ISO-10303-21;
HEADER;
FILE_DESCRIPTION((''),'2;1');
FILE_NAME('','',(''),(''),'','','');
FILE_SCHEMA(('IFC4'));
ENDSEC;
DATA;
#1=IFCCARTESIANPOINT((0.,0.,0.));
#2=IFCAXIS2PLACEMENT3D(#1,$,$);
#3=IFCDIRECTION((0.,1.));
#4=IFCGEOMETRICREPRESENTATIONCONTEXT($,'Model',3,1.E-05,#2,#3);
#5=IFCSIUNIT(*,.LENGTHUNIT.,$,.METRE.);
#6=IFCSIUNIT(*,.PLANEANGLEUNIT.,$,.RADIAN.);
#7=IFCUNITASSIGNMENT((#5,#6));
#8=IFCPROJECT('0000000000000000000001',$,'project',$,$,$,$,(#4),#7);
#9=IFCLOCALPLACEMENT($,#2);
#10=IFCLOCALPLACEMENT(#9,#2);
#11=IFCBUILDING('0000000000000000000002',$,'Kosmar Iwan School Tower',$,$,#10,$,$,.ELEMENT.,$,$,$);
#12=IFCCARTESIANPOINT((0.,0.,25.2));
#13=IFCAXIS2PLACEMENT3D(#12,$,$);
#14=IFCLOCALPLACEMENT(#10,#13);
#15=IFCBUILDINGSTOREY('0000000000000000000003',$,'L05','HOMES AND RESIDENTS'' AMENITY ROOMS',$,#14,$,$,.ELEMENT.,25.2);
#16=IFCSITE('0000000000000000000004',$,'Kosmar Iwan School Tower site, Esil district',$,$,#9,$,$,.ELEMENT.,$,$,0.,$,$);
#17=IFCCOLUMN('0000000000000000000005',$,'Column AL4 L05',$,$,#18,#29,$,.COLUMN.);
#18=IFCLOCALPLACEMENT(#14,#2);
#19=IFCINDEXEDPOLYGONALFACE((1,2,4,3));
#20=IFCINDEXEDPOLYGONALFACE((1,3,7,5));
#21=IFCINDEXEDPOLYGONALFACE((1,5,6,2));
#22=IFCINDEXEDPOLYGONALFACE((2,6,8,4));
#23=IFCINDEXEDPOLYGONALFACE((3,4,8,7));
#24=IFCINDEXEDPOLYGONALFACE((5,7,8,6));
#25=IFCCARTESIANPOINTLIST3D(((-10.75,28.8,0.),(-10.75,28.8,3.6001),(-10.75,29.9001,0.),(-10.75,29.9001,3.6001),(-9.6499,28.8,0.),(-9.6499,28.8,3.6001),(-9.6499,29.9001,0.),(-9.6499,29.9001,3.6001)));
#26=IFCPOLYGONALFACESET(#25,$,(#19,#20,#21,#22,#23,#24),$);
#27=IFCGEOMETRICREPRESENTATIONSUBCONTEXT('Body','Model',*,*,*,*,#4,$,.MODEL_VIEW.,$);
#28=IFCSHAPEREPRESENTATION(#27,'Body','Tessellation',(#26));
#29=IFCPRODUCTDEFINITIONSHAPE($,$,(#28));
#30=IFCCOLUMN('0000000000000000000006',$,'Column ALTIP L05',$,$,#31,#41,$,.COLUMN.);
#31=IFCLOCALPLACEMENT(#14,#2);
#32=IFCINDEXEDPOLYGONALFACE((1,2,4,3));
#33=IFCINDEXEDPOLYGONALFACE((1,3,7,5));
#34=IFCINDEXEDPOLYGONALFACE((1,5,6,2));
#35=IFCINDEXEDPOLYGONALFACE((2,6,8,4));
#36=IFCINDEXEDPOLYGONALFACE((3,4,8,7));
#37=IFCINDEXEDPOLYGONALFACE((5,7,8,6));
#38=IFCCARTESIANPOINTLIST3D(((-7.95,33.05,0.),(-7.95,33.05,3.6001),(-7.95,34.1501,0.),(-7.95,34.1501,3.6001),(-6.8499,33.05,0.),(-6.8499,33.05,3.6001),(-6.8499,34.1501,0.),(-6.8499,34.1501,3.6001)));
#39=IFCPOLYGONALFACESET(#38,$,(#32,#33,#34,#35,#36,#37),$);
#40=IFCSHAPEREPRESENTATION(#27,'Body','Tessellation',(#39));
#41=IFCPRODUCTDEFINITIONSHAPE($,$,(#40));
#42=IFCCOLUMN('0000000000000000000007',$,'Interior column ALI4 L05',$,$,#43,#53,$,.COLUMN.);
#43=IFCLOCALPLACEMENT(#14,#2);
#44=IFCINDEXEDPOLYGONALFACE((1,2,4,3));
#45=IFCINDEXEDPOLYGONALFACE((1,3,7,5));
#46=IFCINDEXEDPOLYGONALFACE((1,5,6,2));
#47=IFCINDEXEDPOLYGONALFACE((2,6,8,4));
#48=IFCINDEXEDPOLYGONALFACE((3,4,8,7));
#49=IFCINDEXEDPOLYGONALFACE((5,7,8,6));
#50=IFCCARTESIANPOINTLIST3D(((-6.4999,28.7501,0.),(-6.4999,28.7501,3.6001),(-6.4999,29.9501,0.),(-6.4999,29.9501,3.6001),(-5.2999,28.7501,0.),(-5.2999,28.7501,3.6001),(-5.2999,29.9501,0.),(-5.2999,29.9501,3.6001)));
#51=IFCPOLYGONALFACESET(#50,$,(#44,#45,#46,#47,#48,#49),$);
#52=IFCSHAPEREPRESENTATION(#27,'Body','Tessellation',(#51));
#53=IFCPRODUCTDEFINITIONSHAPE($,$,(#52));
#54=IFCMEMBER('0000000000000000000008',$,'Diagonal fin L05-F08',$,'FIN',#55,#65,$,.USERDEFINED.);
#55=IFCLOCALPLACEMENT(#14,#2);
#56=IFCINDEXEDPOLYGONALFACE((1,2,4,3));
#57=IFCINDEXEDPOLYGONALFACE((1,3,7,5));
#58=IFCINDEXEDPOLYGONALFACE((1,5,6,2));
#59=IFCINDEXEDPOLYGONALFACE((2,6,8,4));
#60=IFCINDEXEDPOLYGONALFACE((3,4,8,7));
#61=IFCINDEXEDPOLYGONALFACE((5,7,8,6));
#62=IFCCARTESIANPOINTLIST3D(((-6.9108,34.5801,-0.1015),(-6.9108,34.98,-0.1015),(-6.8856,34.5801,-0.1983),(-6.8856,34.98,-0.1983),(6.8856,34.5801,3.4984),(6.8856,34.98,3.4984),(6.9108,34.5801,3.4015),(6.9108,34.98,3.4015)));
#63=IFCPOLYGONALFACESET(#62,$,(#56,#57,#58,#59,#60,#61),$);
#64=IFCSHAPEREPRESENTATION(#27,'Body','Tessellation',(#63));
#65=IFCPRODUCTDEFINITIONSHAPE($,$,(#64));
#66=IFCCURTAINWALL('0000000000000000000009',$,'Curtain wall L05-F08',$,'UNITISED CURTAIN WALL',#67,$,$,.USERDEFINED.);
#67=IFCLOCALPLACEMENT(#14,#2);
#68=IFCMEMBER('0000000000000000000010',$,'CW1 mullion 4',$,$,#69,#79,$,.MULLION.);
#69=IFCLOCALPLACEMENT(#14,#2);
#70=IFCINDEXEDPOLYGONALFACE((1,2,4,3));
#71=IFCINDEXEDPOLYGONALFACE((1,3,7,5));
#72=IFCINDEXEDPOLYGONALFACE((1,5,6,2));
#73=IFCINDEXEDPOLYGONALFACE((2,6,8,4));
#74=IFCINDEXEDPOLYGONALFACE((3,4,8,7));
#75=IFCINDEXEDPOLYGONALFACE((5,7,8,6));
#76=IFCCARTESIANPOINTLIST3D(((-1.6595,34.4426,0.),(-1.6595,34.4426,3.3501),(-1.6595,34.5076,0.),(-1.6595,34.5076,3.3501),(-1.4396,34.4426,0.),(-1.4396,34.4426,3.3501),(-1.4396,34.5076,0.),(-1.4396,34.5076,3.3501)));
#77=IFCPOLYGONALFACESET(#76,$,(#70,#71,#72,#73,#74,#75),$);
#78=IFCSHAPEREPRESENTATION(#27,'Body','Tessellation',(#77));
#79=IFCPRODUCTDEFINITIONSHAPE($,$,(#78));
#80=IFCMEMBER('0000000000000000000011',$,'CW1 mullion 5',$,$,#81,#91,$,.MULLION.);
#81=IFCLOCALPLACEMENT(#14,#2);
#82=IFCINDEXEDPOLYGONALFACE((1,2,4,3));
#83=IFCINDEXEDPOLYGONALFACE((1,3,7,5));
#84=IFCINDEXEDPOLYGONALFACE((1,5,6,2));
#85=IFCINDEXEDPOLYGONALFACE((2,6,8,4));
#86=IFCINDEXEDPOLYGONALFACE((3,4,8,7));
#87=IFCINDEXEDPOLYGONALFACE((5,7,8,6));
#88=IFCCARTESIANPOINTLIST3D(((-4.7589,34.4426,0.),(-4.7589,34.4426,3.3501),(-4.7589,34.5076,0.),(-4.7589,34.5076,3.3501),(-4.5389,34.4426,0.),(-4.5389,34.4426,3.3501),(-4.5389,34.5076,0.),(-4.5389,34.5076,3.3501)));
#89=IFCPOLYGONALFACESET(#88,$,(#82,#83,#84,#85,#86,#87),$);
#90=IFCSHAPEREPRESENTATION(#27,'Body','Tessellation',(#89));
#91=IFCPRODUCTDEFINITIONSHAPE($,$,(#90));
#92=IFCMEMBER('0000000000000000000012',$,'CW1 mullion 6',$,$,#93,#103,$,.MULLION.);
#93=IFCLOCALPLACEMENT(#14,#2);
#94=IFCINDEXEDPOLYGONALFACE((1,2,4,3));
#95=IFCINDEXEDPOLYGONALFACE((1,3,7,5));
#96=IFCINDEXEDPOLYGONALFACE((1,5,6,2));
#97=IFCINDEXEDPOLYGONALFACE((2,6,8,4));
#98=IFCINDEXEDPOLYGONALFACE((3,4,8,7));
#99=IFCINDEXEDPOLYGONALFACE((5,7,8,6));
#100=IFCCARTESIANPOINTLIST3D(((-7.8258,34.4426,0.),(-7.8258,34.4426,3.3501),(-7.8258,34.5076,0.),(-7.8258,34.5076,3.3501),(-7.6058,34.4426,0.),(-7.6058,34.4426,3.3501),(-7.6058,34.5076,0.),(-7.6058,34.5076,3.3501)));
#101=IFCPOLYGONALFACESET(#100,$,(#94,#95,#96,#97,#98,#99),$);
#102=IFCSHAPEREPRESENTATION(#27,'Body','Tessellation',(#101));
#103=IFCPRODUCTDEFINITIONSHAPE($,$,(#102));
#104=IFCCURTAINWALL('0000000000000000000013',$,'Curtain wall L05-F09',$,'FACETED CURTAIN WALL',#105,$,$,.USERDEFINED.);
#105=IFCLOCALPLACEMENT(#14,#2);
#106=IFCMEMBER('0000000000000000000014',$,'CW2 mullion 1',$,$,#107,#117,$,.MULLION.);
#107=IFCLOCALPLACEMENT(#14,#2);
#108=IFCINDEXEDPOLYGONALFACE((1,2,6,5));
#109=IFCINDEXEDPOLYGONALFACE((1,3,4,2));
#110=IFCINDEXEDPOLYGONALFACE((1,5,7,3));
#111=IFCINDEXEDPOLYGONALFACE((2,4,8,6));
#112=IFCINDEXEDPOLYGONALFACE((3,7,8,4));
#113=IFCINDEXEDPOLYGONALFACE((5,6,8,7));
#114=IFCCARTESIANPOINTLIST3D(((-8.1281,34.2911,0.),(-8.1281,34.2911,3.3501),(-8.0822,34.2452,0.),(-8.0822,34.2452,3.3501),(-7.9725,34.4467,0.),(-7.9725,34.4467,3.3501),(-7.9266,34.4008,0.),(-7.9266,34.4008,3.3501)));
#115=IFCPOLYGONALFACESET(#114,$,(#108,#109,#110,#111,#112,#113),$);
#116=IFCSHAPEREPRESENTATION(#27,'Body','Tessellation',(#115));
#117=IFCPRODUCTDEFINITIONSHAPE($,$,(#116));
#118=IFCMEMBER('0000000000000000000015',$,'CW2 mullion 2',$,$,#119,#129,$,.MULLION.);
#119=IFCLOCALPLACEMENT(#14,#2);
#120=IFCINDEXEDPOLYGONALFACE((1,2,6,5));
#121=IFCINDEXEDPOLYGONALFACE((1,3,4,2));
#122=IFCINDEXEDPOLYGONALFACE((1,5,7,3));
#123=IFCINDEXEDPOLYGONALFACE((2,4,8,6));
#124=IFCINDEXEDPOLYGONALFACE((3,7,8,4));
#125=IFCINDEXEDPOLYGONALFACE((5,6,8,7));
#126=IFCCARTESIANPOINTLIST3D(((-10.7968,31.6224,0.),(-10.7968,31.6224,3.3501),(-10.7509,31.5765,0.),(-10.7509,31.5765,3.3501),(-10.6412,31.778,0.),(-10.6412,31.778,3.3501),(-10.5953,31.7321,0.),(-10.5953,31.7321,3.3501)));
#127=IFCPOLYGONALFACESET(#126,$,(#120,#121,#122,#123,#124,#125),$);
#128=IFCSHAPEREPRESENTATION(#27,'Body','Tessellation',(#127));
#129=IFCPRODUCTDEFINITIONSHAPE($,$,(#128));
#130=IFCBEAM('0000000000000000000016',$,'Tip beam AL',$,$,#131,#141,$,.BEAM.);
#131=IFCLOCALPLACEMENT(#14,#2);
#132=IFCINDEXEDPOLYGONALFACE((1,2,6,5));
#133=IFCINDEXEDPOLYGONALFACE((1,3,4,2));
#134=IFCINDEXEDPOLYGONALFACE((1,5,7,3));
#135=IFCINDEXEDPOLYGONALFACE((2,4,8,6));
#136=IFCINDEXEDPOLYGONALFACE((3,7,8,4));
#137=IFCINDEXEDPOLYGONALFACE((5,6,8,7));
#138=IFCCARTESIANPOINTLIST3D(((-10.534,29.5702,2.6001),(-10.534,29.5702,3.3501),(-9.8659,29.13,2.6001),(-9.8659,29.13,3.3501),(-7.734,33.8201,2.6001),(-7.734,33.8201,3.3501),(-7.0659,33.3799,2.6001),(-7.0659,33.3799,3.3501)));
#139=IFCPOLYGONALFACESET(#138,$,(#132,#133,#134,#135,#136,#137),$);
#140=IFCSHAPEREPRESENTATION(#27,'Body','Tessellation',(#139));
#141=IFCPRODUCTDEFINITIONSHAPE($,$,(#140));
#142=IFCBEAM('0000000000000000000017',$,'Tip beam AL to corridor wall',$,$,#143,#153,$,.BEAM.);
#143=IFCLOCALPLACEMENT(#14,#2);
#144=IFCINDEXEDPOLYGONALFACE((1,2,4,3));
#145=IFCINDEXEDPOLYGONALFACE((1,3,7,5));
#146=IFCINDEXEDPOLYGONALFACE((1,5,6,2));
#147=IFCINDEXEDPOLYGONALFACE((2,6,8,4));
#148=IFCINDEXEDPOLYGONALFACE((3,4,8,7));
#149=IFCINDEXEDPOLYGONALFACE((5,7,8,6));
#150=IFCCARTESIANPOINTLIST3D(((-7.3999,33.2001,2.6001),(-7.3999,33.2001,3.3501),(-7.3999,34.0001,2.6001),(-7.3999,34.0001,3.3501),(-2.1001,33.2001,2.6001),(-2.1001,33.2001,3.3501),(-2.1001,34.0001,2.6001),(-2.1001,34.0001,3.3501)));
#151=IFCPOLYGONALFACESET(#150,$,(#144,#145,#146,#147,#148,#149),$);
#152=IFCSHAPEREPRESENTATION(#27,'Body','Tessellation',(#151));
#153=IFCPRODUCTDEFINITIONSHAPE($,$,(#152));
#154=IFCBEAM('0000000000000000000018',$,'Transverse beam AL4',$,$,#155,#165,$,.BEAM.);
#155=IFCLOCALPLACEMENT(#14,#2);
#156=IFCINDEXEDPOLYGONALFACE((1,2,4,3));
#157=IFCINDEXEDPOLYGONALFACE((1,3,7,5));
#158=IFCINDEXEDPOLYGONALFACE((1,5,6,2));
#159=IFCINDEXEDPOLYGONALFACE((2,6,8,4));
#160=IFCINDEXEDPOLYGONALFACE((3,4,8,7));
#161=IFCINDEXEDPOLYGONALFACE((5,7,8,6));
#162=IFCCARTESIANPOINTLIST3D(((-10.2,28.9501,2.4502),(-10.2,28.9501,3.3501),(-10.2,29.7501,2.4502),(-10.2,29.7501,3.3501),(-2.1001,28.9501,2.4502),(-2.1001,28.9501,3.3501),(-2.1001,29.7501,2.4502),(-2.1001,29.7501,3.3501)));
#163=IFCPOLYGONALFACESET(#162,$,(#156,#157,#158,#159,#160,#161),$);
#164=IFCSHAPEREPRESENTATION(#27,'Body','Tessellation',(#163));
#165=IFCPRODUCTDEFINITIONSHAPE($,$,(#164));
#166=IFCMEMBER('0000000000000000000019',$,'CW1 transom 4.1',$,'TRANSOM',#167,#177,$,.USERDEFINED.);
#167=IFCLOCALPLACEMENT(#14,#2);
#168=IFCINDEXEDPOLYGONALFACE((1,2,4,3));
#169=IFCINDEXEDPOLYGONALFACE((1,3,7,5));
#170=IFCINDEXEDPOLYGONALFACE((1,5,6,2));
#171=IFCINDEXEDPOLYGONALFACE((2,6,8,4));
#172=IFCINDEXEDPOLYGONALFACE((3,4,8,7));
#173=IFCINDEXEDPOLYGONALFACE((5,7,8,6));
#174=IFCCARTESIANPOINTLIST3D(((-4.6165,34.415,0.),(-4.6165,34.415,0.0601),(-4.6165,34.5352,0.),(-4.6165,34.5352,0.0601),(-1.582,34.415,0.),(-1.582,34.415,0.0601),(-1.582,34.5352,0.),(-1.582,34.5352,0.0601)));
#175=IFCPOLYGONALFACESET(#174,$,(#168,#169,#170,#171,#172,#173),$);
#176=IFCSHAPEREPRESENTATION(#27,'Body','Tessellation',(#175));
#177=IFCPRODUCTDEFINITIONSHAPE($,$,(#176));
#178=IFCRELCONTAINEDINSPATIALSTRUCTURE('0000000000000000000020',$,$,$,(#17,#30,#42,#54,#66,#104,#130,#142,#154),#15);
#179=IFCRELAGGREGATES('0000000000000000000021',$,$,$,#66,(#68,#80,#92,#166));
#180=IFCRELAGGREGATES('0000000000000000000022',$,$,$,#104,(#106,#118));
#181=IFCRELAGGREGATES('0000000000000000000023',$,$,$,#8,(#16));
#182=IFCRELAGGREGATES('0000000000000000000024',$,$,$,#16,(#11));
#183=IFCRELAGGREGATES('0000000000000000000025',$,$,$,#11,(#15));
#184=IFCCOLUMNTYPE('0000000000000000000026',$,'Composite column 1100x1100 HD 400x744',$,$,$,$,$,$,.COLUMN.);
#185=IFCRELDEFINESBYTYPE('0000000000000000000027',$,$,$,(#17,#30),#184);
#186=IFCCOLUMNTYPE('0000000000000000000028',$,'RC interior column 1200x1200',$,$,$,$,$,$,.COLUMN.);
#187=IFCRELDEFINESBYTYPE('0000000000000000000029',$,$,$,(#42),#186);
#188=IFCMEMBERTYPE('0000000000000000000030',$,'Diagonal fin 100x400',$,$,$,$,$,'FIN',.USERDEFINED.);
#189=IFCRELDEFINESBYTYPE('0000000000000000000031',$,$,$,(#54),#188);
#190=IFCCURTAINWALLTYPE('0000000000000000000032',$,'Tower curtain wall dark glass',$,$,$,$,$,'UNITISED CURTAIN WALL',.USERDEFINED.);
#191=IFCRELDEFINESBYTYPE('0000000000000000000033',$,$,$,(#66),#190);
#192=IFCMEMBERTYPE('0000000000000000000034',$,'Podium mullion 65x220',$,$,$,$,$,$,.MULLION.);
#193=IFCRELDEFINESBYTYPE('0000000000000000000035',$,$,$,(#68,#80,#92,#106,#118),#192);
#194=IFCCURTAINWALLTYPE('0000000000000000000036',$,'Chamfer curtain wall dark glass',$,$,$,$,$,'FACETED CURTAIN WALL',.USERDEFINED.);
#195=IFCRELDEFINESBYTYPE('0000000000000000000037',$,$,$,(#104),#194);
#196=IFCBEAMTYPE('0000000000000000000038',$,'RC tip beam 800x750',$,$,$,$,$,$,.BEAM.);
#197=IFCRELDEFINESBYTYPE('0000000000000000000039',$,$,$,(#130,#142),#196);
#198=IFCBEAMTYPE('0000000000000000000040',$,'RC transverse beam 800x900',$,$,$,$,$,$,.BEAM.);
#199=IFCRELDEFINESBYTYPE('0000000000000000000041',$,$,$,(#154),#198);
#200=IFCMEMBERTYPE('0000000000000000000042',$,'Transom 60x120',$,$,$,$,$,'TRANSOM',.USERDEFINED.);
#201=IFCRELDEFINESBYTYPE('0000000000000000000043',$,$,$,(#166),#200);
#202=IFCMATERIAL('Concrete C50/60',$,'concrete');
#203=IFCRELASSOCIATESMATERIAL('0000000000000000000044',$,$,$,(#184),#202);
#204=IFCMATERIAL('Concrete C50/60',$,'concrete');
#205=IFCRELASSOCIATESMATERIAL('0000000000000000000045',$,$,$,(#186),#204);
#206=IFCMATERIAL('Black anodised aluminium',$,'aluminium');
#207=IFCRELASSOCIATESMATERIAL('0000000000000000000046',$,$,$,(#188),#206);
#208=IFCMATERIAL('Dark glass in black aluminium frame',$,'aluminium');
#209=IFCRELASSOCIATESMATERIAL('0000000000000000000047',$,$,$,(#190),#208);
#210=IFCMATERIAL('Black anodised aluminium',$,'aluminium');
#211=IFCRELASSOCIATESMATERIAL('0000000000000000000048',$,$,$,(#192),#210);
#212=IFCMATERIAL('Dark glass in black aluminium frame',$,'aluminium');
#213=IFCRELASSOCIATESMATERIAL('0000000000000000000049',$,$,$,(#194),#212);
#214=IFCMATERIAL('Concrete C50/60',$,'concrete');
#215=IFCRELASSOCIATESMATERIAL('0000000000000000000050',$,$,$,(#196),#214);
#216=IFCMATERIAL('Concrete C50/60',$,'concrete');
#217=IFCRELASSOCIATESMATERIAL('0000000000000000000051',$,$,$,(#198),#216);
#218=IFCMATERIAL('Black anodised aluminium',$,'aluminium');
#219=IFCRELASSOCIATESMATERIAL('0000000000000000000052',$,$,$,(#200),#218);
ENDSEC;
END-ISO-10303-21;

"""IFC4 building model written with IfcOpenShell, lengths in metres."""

from ifc_helpers import new_model, si_unit, direction, frame, origin, origin_2d, place, context, subcontext, project, spatial, rectangle, extrude, material, material_profile, profile_set, type_object, element, aggregate, save


model = new_model("IFC4")

# Units and contexts
model_context = context("Model", 3, precision=1e-05, world=origin(), true_north=direction((0.0, 1.0)))
body_context = subcontext(model_context, "Body", "Model", "MODEL_VIEW")
ifc_project = project(units=[si_unit("LENGTHUNIT", "METRE"), si_unit("PLANEANGLEUNIT", "RADIAN")], contexts=[model_context])

# Site, building, storey
site_placement = place(None, origin())
site = spatial("IfcSite", under=ifc_project, at=site_placement, Name="Kosmar Iwan School Tower site, Esil district", CompositionType="ELEMENT", RefElevation=0.0)
building_placement = place(site_placement, origin())
building = spatial("IfcBuilding", under=site, at=building_placement, Name="Kosmar Iwan School Tower", CompositionType="ELEMENT")
storey_placement = place(building_placement, frame((0.0, 0.0, 25.2)))
storey = spatial("IfcBuildingStorey", under=building, at=storey_placement, Name="L05", Description="HOMES AND RESIDENTS' AMENITY ROOMS", CompositionType="ELEMENT", Elevation=25.2)

# Columns
ifc_material_1 = material(Name="Concrete C50/60", Category="concrete")
ifc_material_profile_1 = material_profile(ifc_material_1, rectangle(XDim=1.1001, YDim=1.1001, at=origin_2d()), Name="RC 1100x1100 + HD 400x744")
ifc_profile_set_1 = profile_set([ifc_material_profile_1], Name="Concrete C50/60")
column_type_1 = type_object("IfcColumnType", Name="Composite column 1100x1100 HD 400x744", PredefinedType="COLUMN", material=ifc_profile_set_1)
for number, where, z_axis, x_axis, name in (
    (1, (-10.2, 29.3501, 0.0), (0.0, 0.0, 1.0), (0.0, 1.0, 0.0), "Column AL4 L05"),
    (2, (-7.3999, 33.6001, 0.0), (0.0, 0.0, 1.0), (0.0, 1.0, 0.0), "Column ALTIP L05"),
):
    element("IfcColumn", number, at=place(storey_placement, frame(where, z_axis=z_axis, x_axis=x_axis)), inside=storey, type_object=column_type_1, Name=name, PredefinedType="COLUMN", context=body_context, shape_type="SweptSolid", body=[
        extrude(rectangle(XDim=1.1001, YDim=1.1001, at=origin_2d()), origin(), (0.0, 0.0, 1.0), 3.6001),
    ])
ifc_material_2 = material(Name="Concrete C50/60", Category="concrete")
ifc_material_profile_2 = material_profile(ifc_material_2, rectangle(XDim=1.2, YDim=1.2, at=origin_2d()), Name="RC 1200x1200")
ifc_profile_set_2 = profile_set([ifc_material_profile_2], Name="Concrete C50/60")
column_type_2 = type_object("IfcColumnType", Name="RC interior column 1200x1200", PredefinedType="COLUMN", material=ifc_profile_set_2)
column_placement = place(storey_placement, frame((-5.8999, 29.3501, 0.0), z_axis=(0.0, 0.0, 1.0), x_axis=(0.0, 1.0, 0.0)))
element("IfcColumn", 3, at=column_placement, inside=storey, type_object=column_type_2, Name="Interior column ALI4 L05", PredefinedType="COLUMN", context=body_context, shape_type="SweptSolid", body=[
    extrude(rectangle(XDim=1.2, YDim=1.2, at=origin_2d()), origin(), (0.0, 0.0, 1.0), 3.6001),
])

# Member
ifc_material_3 = material(Name="Black anodised aluminium", Category="aluminium")
ifc_material_profile_3 = material_profile(ifc_material_3, rectangle(XDim=0.1001, YDim=0.3999, at=origin_2d()), Name="FIN 100x400")
ifc_profile_set_3 = profile_set([ifc_material_profile_3], Name="Black anodised aluminium")
member_type_1 = type_object("IfcMemberType", Name="Diagonal fin 100x400", ElementType="FIN", PredefinedType="USERDEFINED", material=ifc_profile_set_3)
member_1_placement = place(storey_placement, frame((-6.8982, 34.78, -0.1499), z_axis=(0.967604, 0.0, 0.252474), x_axis=(-0.252474, 0.0, 0.967604)))
element("IfcMember", 4, at=member_1_placement, inside=storey, type_object=member_type_1, Name="Diagonal fin L05-F08", ObjectType="FIN", PredefinedType="USERDEFINED", context=body_context, shape_type="SweptSolid", body=[
    extrude(rectangle(XDim=0.1001, YDim=0.3999, at=origin_2d()), origin(), (0.0, 0.0, 1.0), 14.2583),
])

# Curtain walls, members
ifc_material_4 = material(Name="Dark glass in black aluminium frame", Category="aluminium")
curtain_wall_type_1 = type_object("IfcCurtainWallType", Name="Tower curtain wall dark glass", ElementType="UNITISED CURTAIN WALL", PredefinedType="USERDEFINED", material=ifc_material_4)
curtain_wall_1_placement = place(storey_placement, origin())
curtain_wall_1 = element("IfcCurtainWall", 5, at=curtain_wall_1_placement, inside=storey, type_object=curtain_wall_type_1, Name="Curtain wall L05-F08", ObjectType="UNITISED CURTAIN WALL", PredefinedType="USERDEFINED")
ifc_material_5 = material(Name="Black anodised aluminium", Category="aluminium")
ifc_material_profile_4 = material_profile(ifc_material_5, rectangle(XDim=0.0649, YDim=0.22, at=origin_2d()), Name="MULLION 65x220")
ifc_profile_set_4 = profile_set([ifc_material_profile_4], Name="Black anodised aluminium")
member_type_2 = type_object("IfcMemberType", Name="Podium mullion 65x220", PredefinedType="MULLION", material=ifc_profile_set_4)
member_2_placement = place(storey_placement, frame((-1.5496, 34.4751, 0.0), z_axis=(0.0, 0.0, 1.0), x_axis=(0.0, -1.0, 0.0)))
member_2 = element("IfcMember", 6, at=member_2_placement, type_object=member_type_2, Name="CW1 mullion 4", PredefinedType="MULLION", context=body_context, shape_type="SweptSolid", body=[
    extrude(rectangle(XDim=0.0649, YDim=0.22, at=origin_2d()), origin(), (0.0, 0.0, 1.0), 3.3501),
])
member_3_placement = place(storey_placement, frame((-4.6489, 34.4751, 0.0), z_axis=(0.0, 0.0, 1.0), x_axis=(0.0, -1.0, 0.0)))
member_3 = element("IfcMember", 7, at=member_3_placement, type_object=member_type_2, Name="CW1 mullion 5", PredefinedType="MULLION", context=body_context, shape_type="SweptSolid", body=[
    extrude(rectangle(XDim=0.0649, YDim=0.22, at=origin_2d()), origin(), (0.0, 0.0, 1.0), 3.3501),
])
member_4_placement = place(storey_placement, frame((-7.7158, 34.4751, 0.0), z_axis=(0.0, 0.0, 1.0), x_axis=(0.0, -1.0, 0.0)))
member_4 = element("IfcMember", 8, at=member_4_placement, type_object=member_type_2, Name="CW1 mullion 6", PredefinedType="MULLION", context=body_context, shape_type="SweptSolid", body=[
    extrude(rectangle(XDim=0.0649, YDim=0.22, at=origin_2d()), origin(), (0.0, 0.0, 1.0), 3.3501),
])
ifc_material_6 = material(Name="Dark glass in black aluminium frame", Category="aluminium")
curtain_wall_type_2 = type_object("IfcCurtainWallType", Name="Chamfer curtain wall dark glass", ElementType="FACETED CURTAIN WALL", PredefinedType="USERDEFINED", material=ifc_material_6)
curtain_wall_2_placement = place(storey_placement, origin())
curtain_wall_2 = element("IfcCurtainWall", 9, at=curtain_wall_2_placement, inside=storey, type_object=curtain_wall_type_2, Name="Curtain wall L05-F09", ObjectType="FACETED CURTAIN WALL", PredefinedType="USERDEFINED")
member_5_placement = place(storey_placement, frame((-8.0273, 34.3459, 0.0), z_axis=(0.0, 0.0, 1.0), x_axis=(0.707107, -0.707107, 0.0)))
member_5 = element("IfcMember", 10, at=member_5_placement, type_object=member_type_2, Name="CW2 mullion 1", PredefinedType="MULLION", context=body_context, shape_type="SweptSolid", body=[
    extrude(rectangle(XDim=0.0649, YDim=0.22, at=origin_2d()), origin(), (0.0, 0.0, 1.0), 3.3501),
])
member_6_placement = place(storey_placement, frame((-10.696, 31.6772, 0.0), z_axis=(0.0, 0.0, 1.0), x_axis=(0.707107, -0.707107, 0.0)))
member_6 = element("IfcMember", 11, at=member_6_placement, type_object=member_type_2, Name="CW2 mullion 2", PredefinedType="MULLION", context=body_context, shape_type="SweptSolid", body=[
    extrude(rectangle(XDim=0.0649, YDim=0.22, at=origin_2d()), origin(), (0.0, 0.0, 1.0), 3.3501),
])

# Beams
ifc_material_7 = material(Name="Concrete C50/60", Category="concrete")
ifc_material_profile_5 = material_profile(ifc_material_7, rectangle(XDim=0.8, YDim=0.75, at=origin_2d()), Name="RC 800x750")
ifc_profile_set_5 = profile_set([ifc_material_profile_5], Name="Concrete C50/60")
beam_type_1 = type_object("IfcBeamType", Name="RC tip beam 800x750", PredefinedType="BEAM", material=ifc_profile_set_5)
beam_1_placement = place(storey_placement, frame((-10.2, 29.3501, 2.9751), z_axis=(0.550164, 0.835056, 0.0), x_axis=(-0.835056, 0.550164, 0.0)))
element("IfcBeam", 12, at=beam_1_placement, inside=storey, type_object=beam_type_1, Name="Tip beam AL", PredefinedType="BEAM", context=body_context, shape_type="SweptSolid", body=[
    extrude(rectangle(XDim=0.8, YDim=0.75, at=origin_2d()), origin(), (0.0, 0.0, 1.0), 5.0894),
])
beam_2_placement = place(storey_placement, frame((-7.3999, 33.6001, 2.9751), z_axis=(1.0, 0.0, 0.0), x_axis=(0.0, 1.0, 0.0)))
element("IfcBeam", 13, at=beam_2_placement, inside=storey, type_object=beam_type_1, Name="Tip beam AL to corridor wall", PredefinedType="BEAM", context=body_context, shape_type="SweptSolid", body=[
    extrude(rectangle(XDim=0.8, YDim=0.75, at=origin_2d()), origin(), (0.0, 0.0, 1.0), 5.2998),
])
ifc_material_8 = material(Name="Concrete C50/60", Category="concrete")
ifc_material_profile_6 = material_profile(ifc_material_8, rectangle(XDim=0.8, YDim=0.8999, at=origin_2d()), Name="RC 800x900")
ifc_profile_set_6 = profile_set([ifc_material_profile_6], Name="Concrete C50/60")
beam_type_2 = type_object("IfcBeamType", Name="RC transverse beam 800x900", PredefinedType="BEAM", material=ifc_profile_set_6)
beam_3_placement = place(storey_placement, frame((-10.2, 29.3501, 2.9001), z_axis=(1.0, 0.0, 0.0), x_axis=(0.0, 1.0, 0.0)))
element("IfcBeam", 14, at=beam_3_placement, inside=storey, type_object=beam_type_2, Name="Transverse beam AL4", PredefinedType="BEAM", context=body_context, shape_type="SweptSolid", body=[
    extrude(rectangle(XDim=0.8, YDim=0.8999, at=origin_2d()), origin(), (0.0, 0.0, 1.0), 8.0999),
])

# Member
ifc_material_9 = material(Name="Black anodised aluminium", Category="aluminium")
ifc_material_profile_7 = material_profile(ifc_material_9, rectangle(XDim=0.1201, YDim=0.0601, at=origin_2d()), Name="TRANSOM 60x120")
ifc_profile_set_7 = profile_set([ifc_material_profile_7], Name="Black anodised aluminium")
member_type_3 = type_object("IfcMemberType", Name="Transom 60x120", ElementType="TRANSOM", PredefinedType="USERDEFINED", material=ifc_profile_set_7)
member_7_placement = place(storey_placement, frame((-1.582, 34.4751, 0.03), z_axis=(-1.0, 0.0, 0.0), x_axis=(0.0, -1.0, 0.0)))
member_7 = element("IfcMember", 15, at=member_7_placement, type_object=member_type_3, Name="CW1 transom 4.1", ObjectType="TRANSOM", PredefinedType="USERDEFINED", context=body_context, shape_type="SweptSolid", body=[
    extrude(rectangle(XDim=0.1201, YDim=0.0601, at=origin_2d()), origin(), (0.0, 0.0, 1.0), 3.0344),
])

aggregate(curtain_wall_1, [member_2, member_3, member_4, member_7])
aggregate(curtain_wall_2, [member_5, member_6])

save(model, "model.ifc")
